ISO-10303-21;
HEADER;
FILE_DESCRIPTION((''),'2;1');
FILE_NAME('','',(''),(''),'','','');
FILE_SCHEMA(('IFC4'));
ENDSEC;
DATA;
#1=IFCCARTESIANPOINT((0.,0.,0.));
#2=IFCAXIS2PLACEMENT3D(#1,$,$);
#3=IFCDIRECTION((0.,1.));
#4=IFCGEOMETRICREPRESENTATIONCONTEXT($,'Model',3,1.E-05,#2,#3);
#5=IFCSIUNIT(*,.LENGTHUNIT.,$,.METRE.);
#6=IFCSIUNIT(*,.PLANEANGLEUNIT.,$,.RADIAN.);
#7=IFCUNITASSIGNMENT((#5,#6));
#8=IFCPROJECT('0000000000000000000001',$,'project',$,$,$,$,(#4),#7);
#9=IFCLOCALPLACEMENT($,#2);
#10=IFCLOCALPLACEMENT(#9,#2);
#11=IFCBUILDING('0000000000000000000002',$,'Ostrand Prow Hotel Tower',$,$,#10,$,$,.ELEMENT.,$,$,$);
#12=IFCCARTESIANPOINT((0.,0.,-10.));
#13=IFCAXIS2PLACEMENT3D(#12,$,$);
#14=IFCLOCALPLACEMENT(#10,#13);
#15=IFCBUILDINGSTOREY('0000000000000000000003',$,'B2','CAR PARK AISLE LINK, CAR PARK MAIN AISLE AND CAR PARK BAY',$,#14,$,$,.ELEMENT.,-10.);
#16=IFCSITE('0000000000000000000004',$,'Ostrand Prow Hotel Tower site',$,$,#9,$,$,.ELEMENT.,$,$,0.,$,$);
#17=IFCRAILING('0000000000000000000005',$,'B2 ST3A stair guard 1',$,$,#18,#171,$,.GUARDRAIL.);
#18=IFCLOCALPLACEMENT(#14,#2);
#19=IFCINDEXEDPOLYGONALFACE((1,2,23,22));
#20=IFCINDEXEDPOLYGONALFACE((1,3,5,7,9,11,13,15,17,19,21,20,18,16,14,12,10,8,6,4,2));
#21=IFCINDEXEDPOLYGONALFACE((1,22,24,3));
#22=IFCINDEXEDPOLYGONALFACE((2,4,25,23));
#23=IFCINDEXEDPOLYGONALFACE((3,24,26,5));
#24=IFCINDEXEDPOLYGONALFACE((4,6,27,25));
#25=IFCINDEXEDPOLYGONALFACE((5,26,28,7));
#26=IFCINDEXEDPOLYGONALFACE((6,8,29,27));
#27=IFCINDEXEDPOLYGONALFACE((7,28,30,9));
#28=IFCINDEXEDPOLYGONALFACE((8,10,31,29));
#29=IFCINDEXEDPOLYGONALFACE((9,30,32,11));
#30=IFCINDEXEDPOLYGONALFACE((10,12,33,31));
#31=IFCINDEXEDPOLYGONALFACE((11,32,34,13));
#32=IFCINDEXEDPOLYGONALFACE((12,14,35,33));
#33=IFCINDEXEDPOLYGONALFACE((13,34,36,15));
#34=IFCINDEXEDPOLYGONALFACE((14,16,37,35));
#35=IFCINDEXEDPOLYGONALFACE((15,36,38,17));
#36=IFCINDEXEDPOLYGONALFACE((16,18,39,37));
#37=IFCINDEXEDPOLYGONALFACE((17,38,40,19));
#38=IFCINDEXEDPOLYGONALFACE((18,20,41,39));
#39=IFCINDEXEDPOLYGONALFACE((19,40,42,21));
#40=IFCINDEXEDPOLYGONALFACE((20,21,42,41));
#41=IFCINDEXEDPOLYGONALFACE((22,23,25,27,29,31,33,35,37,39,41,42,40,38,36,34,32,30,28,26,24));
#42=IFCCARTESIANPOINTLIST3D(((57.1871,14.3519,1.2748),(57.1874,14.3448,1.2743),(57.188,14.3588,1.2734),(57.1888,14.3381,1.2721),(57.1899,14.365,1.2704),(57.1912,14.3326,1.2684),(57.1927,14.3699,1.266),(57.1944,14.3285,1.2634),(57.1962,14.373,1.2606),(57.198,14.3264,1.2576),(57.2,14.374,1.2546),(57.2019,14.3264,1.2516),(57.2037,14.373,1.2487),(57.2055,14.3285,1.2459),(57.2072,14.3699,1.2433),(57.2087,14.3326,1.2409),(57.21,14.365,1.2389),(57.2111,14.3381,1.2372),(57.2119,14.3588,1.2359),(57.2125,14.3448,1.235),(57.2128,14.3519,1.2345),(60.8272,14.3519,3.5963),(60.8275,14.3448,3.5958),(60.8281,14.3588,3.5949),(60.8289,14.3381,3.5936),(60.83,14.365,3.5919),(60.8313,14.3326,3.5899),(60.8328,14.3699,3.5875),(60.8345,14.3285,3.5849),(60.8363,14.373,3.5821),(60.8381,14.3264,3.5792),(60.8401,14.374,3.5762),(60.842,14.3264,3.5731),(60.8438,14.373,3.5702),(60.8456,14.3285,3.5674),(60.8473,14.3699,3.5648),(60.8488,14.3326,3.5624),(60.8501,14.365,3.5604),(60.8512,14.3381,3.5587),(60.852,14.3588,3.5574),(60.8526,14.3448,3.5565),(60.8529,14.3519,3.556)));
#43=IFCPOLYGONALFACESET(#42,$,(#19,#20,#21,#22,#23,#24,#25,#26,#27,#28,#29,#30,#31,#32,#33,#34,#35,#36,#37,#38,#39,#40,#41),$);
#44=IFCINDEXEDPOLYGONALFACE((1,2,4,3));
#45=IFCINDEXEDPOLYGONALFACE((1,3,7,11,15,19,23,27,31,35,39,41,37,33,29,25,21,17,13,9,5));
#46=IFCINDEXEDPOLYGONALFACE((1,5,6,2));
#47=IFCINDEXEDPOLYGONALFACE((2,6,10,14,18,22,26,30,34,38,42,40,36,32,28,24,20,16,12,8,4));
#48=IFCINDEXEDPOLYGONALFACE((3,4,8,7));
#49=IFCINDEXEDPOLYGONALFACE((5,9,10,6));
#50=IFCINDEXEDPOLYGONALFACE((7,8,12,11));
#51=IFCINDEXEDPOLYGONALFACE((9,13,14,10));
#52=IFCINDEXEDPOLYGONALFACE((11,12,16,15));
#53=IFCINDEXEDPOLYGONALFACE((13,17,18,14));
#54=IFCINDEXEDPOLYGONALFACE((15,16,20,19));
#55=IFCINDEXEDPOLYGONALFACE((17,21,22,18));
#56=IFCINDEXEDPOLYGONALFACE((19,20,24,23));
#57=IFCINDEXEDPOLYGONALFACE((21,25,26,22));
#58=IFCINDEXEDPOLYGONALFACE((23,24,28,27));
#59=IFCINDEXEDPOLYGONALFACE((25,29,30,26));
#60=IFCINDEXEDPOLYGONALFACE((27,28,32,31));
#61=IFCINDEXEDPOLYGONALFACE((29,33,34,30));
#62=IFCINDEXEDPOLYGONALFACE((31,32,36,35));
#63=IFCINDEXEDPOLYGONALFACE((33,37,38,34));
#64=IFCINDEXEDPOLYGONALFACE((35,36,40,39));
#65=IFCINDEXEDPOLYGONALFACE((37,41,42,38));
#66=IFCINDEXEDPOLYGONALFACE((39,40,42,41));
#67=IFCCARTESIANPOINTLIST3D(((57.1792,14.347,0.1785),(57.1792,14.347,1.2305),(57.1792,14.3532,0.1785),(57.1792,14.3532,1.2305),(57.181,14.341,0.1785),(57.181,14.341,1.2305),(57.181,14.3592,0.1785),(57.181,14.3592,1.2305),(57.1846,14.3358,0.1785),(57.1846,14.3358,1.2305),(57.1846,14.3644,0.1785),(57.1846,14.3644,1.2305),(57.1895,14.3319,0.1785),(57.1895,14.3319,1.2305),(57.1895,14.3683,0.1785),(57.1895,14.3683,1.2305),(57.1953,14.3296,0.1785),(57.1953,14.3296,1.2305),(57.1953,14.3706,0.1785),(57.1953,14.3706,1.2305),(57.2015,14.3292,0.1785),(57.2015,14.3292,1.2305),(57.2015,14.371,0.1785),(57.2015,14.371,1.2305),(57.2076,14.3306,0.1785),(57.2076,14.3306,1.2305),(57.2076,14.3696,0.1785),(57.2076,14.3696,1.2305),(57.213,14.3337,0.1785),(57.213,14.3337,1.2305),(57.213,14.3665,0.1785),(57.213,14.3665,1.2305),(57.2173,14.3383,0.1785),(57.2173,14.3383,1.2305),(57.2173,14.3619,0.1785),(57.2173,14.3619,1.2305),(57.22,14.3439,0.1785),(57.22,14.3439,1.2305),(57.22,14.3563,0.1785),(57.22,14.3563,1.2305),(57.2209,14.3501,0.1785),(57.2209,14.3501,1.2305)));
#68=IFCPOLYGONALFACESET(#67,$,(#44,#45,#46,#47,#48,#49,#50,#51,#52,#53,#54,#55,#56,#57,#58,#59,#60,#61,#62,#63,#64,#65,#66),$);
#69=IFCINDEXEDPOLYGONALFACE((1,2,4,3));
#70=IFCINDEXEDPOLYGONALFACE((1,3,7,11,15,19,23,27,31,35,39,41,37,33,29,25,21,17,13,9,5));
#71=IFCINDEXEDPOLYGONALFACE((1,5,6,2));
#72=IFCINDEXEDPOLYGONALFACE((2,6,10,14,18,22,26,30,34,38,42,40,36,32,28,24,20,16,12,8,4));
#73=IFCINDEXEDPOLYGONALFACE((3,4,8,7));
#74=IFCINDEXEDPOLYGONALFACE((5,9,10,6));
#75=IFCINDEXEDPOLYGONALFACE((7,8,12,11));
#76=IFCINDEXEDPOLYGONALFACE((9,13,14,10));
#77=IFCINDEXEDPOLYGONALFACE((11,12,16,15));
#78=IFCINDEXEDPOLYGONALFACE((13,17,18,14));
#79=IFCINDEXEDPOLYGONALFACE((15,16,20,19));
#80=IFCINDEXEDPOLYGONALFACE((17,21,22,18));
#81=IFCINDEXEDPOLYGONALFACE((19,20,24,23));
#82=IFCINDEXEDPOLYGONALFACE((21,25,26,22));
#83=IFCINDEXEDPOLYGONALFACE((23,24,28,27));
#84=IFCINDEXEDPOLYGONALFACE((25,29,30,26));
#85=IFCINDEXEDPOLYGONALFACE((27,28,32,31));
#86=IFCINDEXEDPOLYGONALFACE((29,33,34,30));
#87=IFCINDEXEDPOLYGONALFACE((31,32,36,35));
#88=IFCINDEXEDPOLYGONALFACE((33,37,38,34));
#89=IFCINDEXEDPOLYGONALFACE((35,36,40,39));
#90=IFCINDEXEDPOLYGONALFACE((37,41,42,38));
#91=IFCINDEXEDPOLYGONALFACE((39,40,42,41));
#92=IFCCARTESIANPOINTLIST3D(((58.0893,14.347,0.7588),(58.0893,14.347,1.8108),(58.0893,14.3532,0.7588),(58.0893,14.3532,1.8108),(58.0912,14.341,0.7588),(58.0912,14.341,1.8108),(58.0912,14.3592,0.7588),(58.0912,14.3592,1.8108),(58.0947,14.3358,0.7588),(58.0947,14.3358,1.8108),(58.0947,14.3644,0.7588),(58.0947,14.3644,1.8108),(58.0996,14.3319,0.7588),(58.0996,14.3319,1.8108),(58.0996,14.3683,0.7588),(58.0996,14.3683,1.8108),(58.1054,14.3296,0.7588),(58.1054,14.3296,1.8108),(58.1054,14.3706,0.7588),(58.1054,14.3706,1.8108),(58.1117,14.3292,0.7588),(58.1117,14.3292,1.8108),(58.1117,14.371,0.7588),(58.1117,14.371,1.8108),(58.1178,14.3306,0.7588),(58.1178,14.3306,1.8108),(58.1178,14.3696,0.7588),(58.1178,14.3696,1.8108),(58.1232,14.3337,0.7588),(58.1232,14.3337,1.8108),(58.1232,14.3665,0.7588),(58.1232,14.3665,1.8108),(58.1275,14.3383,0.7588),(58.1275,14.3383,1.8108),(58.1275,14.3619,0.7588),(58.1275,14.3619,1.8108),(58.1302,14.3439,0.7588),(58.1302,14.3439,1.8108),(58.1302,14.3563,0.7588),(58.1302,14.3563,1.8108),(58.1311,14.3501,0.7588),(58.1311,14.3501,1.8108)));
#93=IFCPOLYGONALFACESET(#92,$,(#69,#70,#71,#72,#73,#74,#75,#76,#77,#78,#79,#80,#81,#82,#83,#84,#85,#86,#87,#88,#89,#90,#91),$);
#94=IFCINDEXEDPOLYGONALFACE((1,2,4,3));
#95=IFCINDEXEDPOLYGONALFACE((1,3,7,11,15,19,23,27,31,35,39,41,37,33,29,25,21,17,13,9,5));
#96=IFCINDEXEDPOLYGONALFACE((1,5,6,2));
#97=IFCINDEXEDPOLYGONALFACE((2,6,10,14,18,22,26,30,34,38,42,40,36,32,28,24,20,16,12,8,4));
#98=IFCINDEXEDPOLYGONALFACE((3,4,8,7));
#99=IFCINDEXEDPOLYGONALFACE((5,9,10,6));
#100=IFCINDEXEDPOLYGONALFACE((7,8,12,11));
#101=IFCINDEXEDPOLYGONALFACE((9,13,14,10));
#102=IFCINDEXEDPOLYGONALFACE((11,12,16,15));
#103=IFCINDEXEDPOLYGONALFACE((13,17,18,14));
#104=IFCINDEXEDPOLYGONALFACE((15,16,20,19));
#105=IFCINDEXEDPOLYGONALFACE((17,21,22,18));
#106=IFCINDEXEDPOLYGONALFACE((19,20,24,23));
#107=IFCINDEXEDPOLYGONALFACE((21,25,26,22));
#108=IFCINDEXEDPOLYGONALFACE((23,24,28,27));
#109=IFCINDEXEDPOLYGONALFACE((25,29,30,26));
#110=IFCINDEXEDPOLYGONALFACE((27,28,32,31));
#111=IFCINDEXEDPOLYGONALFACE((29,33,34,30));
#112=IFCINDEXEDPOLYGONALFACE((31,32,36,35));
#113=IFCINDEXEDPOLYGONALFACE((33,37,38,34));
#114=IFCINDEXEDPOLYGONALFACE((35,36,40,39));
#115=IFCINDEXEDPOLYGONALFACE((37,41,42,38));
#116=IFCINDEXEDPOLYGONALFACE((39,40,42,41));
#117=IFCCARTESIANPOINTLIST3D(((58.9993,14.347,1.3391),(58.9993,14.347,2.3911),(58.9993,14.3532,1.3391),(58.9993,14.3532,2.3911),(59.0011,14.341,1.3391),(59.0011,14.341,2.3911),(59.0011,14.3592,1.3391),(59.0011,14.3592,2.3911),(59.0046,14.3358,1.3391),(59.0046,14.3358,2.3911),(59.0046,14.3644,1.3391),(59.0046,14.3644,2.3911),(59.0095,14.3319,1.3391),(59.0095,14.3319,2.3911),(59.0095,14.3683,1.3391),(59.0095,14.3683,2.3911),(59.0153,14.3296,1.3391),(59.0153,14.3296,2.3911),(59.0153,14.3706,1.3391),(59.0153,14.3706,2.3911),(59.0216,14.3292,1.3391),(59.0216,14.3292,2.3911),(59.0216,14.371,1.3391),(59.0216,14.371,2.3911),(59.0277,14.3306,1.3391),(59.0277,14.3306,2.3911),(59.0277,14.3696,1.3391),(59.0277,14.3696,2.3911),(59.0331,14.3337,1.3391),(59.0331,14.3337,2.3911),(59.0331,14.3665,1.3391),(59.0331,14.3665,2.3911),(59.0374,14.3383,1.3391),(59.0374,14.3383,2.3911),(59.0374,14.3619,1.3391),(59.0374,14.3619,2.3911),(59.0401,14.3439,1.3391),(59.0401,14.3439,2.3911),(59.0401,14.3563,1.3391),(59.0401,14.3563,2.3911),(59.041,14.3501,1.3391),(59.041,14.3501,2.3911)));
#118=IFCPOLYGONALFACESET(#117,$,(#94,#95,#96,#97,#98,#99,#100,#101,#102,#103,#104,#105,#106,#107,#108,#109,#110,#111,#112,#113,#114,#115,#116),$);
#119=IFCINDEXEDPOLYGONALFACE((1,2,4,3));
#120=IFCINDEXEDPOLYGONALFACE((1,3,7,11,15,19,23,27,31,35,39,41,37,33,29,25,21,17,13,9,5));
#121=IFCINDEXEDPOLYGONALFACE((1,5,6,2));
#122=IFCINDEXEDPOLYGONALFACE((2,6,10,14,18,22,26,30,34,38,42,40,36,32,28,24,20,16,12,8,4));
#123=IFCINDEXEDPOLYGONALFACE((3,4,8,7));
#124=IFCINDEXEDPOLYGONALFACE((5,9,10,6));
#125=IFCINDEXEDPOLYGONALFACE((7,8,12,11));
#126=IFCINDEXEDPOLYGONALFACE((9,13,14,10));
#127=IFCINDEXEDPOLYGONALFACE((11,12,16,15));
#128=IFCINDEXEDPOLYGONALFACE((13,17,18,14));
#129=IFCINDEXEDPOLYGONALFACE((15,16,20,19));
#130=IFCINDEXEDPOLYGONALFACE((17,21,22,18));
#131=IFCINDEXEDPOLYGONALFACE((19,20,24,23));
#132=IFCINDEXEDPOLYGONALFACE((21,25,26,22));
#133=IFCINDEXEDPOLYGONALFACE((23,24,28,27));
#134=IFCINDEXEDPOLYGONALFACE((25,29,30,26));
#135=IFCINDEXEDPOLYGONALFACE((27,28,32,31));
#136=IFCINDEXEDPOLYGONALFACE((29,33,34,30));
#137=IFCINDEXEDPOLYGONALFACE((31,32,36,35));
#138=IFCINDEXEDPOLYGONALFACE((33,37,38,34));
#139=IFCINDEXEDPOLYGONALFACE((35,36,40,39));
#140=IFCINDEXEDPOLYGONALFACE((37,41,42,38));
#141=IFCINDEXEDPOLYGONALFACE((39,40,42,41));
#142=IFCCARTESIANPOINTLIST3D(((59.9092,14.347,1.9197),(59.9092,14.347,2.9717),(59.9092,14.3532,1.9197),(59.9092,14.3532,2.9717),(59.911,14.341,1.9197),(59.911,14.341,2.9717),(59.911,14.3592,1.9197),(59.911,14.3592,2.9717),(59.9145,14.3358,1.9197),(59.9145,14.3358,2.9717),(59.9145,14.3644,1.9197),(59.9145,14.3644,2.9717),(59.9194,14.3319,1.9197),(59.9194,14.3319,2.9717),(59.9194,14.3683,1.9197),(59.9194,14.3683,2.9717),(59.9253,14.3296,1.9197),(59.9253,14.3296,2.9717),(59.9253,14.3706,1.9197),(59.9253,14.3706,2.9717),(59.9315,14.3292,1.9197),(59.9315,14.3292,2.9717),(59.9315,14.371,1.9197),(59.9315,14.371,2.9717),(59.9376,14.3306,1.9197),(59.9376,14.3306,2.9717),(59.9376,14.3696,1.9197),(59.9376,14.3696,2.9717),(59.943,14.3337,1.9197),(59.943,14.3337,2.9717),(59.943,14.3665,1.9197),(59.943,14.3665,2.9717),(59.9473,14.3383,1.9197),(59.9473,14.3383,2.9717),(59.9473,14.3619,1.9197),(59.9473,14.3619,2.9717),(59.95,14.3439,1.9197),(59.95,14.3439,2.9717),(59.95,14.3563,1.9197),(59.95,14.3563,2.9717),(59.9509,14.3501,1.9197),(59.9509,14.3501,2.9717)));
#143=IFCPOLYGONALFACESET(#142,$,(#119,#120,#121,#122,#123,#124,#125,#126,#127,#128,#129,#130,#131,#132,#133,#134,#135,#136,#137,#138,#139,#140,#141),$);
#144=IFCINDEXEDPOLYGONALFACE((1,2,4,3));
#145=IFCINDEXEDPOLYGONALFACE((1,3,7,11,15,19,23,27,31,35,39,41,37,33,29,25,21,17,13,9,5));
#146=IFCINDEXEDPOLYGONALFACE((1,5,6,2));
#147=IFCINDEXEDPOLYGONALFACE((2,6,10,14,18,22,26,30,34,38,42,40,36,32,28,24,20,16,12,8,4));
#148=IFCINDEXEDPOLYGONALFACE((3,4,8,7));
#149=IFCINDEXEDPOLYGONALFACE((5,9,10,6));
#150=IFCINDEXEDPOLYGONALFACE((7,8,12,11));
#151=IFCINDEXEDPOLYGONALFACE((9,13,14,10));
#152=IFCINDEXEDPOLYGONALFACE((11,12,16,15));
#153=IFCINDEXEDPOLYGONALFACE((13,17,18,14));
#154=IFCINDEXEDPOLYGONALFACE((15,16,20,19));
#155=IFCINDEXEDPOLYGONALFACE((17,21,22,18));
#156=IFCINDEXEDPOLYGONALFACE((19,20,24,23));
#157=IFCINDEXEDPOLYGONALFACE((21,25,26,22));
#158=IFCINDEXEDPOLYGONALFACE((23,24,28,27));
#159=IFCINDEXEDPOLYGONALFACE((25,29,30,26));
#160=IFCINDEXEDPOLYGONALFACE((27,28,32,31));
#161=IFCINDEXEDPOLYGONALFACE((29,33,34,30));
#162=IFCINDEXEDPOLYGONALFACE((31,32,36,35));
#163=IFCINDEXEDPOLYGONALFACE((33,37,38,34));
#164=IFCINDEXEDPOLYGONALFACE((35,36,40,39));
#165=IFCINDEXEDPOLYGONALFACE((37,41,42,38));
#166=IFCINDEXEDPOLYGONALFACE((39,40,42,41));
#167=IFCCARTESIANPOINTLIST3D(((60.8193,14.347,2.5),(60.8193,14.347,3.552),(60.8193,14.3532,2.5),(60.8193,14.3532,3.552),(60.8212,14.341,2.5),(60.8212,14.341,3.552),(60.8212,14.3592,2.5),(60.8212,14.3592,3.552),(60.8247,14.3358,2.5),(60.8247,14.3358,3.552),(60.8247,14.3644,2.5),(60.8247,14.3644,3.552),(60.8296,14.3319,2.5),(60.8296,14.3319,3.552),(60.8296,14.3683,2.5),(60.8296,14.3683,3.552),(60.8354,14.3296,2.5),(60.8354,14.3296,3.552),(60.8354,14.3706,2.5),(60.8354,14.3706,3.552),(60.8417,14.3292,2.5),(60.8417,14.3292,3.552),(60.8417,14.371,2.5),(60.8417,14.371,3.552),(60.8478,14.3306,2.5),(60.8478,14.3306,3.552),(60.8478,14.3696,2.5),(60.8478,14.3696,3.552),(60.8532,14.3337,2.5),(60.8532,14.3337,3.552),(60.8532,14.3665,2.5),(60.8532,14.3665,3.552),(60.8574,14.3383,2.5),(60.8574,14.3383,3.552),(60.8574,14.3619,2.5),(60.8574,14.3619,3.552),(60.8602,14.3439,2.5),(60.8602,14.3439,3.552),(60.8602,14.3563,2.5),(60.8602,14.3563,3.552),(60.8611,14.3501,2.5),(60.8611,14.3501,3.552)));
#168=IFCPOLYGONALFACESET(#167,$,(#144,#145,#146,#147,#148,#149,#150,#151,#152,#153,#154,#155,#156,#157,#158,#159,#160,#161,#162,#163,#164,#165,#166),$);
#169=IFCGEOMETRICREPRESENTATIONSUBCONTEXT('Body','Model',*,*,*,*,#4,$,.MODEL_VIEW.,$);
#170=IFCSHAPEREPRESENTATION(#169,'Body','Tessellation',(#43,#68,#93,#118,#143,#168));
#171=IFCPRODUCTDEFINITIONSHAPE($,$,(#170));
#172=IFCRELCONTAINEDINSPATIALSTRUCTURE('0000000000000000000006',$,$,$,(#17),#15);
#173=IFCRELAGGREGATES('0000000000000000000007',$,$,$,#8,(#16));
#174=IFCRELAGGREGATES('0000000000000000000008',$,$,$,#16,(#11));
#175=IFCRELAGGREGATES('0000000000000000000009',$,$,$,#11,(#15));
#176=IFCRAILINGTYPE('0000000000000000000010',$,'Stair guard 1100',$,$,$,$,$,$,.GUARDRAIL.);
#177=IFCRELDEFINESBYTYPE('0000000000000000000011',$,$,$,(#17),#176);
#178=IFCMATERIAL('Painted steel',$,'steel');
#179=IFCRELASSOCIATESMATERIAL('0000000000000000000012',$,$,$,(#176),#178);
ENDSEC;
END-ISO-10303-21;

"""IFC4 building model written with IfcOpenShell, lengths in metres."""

from ifc_helpers import new_model, si_unit, direction, frame, origin, origin_2d, place, context, subcontext, project, spatial, circle, extrude, material, type_object, element, save


model = new_model("IFC4")

# Units and contexts
model_context = context("Model", 3, precision=1e-05, world=origin(), true_north=direction((0.0, 1.0)))
body_context = subcontext(model_context, "Body", "Model", "MODEL_VIEW")
ifc_project = project(units=[si_unit("LENGTHUNIT", "METRE"), si_unit("PLANEANGLEUNIT", "RADIAN")], contexts=[model_context])

# Site, building, storey
site_placement = place(None, origin())
site = spatial("IfcSite", under=ifc_project, at=site_placement, Name="Ostrand Prow Hotel Tower site", CompositionType="ELEMENT", RefElevation=0.0)
building_placement = place(site_placement, origin())
building = spatial("IfcBuilding", under=site, at=building_placement, Name="Ostrand Prow Hotel Tower", CompositionType="ELEMENT")
storey_placement = place(building_placement, frame((0.0, 0.0, -10.0)))
storey = spatial("IfcBuildingStorey", under=building, at=storey_placement, Name="B2", Description="CAR PARK AISLE LINK, CAR PARK MAIN AISLE AND CAR PARK BAY", CompositionType="ELEMENT", Elevation=-10.0)

# Railing
ifc_material_1 = material(Name="Painted steel", Category="steel")
railing_type_1 = type_object("IfcRailingType", Name="Stair guard 1100", PredefinedType="GUARDRAIL", material=ifc_material_1)
railing_1_placement = place(storey_placement, frame((57.2, 14.3501, 0.1785)))
element("IfcRailing", 1, at=railing_1_placement, inside=storey, type_object=railing_type_1, Name="B2 ST3A stair guard 1", PredefinedType="GUARDRAIL", context=body_context, shape_type="SweptSolid", body=[
    extrude(circle(Radius=0.0239, at=origin_2d()), frame((0.0, 0.0, 1.0762), z_axis=(0.843128, 0.0, 0.537713), x_axis=(0.0, 1.0, 0.0)), (0.0, 0.0, 1.0), 4.3174),
    extrude(circle(Radius=0.021, at=origin_2d()), origin(), (0.0, 0.0, 1.0), 1.052),
    extrude(circle(Radius=0.021, at=origin_2d()), frame((0.9102, 0.0, 0.5803)), (0.0, 0.0, 1.0), 1.052),
    extrude(circle(Radius=0.021, at=origin_2d()), frame((1.8201, 0.0, 1.1606)), (0.0, 0.0, 1.0), 1.052),
    extrude(circle(Radius=0.021, at=origin_2d()), frame((2.73, 0.0, 1.7412)), (0.0, 0.0, 1.0), 1.052),
    extrude(circle(Radius=0.021, at=origin_2d()), frame((3.6401, 0.0, 2.3215)), (0.0, 0.0, 1.0), 1.052),
])

save(model, "model.ifc")
